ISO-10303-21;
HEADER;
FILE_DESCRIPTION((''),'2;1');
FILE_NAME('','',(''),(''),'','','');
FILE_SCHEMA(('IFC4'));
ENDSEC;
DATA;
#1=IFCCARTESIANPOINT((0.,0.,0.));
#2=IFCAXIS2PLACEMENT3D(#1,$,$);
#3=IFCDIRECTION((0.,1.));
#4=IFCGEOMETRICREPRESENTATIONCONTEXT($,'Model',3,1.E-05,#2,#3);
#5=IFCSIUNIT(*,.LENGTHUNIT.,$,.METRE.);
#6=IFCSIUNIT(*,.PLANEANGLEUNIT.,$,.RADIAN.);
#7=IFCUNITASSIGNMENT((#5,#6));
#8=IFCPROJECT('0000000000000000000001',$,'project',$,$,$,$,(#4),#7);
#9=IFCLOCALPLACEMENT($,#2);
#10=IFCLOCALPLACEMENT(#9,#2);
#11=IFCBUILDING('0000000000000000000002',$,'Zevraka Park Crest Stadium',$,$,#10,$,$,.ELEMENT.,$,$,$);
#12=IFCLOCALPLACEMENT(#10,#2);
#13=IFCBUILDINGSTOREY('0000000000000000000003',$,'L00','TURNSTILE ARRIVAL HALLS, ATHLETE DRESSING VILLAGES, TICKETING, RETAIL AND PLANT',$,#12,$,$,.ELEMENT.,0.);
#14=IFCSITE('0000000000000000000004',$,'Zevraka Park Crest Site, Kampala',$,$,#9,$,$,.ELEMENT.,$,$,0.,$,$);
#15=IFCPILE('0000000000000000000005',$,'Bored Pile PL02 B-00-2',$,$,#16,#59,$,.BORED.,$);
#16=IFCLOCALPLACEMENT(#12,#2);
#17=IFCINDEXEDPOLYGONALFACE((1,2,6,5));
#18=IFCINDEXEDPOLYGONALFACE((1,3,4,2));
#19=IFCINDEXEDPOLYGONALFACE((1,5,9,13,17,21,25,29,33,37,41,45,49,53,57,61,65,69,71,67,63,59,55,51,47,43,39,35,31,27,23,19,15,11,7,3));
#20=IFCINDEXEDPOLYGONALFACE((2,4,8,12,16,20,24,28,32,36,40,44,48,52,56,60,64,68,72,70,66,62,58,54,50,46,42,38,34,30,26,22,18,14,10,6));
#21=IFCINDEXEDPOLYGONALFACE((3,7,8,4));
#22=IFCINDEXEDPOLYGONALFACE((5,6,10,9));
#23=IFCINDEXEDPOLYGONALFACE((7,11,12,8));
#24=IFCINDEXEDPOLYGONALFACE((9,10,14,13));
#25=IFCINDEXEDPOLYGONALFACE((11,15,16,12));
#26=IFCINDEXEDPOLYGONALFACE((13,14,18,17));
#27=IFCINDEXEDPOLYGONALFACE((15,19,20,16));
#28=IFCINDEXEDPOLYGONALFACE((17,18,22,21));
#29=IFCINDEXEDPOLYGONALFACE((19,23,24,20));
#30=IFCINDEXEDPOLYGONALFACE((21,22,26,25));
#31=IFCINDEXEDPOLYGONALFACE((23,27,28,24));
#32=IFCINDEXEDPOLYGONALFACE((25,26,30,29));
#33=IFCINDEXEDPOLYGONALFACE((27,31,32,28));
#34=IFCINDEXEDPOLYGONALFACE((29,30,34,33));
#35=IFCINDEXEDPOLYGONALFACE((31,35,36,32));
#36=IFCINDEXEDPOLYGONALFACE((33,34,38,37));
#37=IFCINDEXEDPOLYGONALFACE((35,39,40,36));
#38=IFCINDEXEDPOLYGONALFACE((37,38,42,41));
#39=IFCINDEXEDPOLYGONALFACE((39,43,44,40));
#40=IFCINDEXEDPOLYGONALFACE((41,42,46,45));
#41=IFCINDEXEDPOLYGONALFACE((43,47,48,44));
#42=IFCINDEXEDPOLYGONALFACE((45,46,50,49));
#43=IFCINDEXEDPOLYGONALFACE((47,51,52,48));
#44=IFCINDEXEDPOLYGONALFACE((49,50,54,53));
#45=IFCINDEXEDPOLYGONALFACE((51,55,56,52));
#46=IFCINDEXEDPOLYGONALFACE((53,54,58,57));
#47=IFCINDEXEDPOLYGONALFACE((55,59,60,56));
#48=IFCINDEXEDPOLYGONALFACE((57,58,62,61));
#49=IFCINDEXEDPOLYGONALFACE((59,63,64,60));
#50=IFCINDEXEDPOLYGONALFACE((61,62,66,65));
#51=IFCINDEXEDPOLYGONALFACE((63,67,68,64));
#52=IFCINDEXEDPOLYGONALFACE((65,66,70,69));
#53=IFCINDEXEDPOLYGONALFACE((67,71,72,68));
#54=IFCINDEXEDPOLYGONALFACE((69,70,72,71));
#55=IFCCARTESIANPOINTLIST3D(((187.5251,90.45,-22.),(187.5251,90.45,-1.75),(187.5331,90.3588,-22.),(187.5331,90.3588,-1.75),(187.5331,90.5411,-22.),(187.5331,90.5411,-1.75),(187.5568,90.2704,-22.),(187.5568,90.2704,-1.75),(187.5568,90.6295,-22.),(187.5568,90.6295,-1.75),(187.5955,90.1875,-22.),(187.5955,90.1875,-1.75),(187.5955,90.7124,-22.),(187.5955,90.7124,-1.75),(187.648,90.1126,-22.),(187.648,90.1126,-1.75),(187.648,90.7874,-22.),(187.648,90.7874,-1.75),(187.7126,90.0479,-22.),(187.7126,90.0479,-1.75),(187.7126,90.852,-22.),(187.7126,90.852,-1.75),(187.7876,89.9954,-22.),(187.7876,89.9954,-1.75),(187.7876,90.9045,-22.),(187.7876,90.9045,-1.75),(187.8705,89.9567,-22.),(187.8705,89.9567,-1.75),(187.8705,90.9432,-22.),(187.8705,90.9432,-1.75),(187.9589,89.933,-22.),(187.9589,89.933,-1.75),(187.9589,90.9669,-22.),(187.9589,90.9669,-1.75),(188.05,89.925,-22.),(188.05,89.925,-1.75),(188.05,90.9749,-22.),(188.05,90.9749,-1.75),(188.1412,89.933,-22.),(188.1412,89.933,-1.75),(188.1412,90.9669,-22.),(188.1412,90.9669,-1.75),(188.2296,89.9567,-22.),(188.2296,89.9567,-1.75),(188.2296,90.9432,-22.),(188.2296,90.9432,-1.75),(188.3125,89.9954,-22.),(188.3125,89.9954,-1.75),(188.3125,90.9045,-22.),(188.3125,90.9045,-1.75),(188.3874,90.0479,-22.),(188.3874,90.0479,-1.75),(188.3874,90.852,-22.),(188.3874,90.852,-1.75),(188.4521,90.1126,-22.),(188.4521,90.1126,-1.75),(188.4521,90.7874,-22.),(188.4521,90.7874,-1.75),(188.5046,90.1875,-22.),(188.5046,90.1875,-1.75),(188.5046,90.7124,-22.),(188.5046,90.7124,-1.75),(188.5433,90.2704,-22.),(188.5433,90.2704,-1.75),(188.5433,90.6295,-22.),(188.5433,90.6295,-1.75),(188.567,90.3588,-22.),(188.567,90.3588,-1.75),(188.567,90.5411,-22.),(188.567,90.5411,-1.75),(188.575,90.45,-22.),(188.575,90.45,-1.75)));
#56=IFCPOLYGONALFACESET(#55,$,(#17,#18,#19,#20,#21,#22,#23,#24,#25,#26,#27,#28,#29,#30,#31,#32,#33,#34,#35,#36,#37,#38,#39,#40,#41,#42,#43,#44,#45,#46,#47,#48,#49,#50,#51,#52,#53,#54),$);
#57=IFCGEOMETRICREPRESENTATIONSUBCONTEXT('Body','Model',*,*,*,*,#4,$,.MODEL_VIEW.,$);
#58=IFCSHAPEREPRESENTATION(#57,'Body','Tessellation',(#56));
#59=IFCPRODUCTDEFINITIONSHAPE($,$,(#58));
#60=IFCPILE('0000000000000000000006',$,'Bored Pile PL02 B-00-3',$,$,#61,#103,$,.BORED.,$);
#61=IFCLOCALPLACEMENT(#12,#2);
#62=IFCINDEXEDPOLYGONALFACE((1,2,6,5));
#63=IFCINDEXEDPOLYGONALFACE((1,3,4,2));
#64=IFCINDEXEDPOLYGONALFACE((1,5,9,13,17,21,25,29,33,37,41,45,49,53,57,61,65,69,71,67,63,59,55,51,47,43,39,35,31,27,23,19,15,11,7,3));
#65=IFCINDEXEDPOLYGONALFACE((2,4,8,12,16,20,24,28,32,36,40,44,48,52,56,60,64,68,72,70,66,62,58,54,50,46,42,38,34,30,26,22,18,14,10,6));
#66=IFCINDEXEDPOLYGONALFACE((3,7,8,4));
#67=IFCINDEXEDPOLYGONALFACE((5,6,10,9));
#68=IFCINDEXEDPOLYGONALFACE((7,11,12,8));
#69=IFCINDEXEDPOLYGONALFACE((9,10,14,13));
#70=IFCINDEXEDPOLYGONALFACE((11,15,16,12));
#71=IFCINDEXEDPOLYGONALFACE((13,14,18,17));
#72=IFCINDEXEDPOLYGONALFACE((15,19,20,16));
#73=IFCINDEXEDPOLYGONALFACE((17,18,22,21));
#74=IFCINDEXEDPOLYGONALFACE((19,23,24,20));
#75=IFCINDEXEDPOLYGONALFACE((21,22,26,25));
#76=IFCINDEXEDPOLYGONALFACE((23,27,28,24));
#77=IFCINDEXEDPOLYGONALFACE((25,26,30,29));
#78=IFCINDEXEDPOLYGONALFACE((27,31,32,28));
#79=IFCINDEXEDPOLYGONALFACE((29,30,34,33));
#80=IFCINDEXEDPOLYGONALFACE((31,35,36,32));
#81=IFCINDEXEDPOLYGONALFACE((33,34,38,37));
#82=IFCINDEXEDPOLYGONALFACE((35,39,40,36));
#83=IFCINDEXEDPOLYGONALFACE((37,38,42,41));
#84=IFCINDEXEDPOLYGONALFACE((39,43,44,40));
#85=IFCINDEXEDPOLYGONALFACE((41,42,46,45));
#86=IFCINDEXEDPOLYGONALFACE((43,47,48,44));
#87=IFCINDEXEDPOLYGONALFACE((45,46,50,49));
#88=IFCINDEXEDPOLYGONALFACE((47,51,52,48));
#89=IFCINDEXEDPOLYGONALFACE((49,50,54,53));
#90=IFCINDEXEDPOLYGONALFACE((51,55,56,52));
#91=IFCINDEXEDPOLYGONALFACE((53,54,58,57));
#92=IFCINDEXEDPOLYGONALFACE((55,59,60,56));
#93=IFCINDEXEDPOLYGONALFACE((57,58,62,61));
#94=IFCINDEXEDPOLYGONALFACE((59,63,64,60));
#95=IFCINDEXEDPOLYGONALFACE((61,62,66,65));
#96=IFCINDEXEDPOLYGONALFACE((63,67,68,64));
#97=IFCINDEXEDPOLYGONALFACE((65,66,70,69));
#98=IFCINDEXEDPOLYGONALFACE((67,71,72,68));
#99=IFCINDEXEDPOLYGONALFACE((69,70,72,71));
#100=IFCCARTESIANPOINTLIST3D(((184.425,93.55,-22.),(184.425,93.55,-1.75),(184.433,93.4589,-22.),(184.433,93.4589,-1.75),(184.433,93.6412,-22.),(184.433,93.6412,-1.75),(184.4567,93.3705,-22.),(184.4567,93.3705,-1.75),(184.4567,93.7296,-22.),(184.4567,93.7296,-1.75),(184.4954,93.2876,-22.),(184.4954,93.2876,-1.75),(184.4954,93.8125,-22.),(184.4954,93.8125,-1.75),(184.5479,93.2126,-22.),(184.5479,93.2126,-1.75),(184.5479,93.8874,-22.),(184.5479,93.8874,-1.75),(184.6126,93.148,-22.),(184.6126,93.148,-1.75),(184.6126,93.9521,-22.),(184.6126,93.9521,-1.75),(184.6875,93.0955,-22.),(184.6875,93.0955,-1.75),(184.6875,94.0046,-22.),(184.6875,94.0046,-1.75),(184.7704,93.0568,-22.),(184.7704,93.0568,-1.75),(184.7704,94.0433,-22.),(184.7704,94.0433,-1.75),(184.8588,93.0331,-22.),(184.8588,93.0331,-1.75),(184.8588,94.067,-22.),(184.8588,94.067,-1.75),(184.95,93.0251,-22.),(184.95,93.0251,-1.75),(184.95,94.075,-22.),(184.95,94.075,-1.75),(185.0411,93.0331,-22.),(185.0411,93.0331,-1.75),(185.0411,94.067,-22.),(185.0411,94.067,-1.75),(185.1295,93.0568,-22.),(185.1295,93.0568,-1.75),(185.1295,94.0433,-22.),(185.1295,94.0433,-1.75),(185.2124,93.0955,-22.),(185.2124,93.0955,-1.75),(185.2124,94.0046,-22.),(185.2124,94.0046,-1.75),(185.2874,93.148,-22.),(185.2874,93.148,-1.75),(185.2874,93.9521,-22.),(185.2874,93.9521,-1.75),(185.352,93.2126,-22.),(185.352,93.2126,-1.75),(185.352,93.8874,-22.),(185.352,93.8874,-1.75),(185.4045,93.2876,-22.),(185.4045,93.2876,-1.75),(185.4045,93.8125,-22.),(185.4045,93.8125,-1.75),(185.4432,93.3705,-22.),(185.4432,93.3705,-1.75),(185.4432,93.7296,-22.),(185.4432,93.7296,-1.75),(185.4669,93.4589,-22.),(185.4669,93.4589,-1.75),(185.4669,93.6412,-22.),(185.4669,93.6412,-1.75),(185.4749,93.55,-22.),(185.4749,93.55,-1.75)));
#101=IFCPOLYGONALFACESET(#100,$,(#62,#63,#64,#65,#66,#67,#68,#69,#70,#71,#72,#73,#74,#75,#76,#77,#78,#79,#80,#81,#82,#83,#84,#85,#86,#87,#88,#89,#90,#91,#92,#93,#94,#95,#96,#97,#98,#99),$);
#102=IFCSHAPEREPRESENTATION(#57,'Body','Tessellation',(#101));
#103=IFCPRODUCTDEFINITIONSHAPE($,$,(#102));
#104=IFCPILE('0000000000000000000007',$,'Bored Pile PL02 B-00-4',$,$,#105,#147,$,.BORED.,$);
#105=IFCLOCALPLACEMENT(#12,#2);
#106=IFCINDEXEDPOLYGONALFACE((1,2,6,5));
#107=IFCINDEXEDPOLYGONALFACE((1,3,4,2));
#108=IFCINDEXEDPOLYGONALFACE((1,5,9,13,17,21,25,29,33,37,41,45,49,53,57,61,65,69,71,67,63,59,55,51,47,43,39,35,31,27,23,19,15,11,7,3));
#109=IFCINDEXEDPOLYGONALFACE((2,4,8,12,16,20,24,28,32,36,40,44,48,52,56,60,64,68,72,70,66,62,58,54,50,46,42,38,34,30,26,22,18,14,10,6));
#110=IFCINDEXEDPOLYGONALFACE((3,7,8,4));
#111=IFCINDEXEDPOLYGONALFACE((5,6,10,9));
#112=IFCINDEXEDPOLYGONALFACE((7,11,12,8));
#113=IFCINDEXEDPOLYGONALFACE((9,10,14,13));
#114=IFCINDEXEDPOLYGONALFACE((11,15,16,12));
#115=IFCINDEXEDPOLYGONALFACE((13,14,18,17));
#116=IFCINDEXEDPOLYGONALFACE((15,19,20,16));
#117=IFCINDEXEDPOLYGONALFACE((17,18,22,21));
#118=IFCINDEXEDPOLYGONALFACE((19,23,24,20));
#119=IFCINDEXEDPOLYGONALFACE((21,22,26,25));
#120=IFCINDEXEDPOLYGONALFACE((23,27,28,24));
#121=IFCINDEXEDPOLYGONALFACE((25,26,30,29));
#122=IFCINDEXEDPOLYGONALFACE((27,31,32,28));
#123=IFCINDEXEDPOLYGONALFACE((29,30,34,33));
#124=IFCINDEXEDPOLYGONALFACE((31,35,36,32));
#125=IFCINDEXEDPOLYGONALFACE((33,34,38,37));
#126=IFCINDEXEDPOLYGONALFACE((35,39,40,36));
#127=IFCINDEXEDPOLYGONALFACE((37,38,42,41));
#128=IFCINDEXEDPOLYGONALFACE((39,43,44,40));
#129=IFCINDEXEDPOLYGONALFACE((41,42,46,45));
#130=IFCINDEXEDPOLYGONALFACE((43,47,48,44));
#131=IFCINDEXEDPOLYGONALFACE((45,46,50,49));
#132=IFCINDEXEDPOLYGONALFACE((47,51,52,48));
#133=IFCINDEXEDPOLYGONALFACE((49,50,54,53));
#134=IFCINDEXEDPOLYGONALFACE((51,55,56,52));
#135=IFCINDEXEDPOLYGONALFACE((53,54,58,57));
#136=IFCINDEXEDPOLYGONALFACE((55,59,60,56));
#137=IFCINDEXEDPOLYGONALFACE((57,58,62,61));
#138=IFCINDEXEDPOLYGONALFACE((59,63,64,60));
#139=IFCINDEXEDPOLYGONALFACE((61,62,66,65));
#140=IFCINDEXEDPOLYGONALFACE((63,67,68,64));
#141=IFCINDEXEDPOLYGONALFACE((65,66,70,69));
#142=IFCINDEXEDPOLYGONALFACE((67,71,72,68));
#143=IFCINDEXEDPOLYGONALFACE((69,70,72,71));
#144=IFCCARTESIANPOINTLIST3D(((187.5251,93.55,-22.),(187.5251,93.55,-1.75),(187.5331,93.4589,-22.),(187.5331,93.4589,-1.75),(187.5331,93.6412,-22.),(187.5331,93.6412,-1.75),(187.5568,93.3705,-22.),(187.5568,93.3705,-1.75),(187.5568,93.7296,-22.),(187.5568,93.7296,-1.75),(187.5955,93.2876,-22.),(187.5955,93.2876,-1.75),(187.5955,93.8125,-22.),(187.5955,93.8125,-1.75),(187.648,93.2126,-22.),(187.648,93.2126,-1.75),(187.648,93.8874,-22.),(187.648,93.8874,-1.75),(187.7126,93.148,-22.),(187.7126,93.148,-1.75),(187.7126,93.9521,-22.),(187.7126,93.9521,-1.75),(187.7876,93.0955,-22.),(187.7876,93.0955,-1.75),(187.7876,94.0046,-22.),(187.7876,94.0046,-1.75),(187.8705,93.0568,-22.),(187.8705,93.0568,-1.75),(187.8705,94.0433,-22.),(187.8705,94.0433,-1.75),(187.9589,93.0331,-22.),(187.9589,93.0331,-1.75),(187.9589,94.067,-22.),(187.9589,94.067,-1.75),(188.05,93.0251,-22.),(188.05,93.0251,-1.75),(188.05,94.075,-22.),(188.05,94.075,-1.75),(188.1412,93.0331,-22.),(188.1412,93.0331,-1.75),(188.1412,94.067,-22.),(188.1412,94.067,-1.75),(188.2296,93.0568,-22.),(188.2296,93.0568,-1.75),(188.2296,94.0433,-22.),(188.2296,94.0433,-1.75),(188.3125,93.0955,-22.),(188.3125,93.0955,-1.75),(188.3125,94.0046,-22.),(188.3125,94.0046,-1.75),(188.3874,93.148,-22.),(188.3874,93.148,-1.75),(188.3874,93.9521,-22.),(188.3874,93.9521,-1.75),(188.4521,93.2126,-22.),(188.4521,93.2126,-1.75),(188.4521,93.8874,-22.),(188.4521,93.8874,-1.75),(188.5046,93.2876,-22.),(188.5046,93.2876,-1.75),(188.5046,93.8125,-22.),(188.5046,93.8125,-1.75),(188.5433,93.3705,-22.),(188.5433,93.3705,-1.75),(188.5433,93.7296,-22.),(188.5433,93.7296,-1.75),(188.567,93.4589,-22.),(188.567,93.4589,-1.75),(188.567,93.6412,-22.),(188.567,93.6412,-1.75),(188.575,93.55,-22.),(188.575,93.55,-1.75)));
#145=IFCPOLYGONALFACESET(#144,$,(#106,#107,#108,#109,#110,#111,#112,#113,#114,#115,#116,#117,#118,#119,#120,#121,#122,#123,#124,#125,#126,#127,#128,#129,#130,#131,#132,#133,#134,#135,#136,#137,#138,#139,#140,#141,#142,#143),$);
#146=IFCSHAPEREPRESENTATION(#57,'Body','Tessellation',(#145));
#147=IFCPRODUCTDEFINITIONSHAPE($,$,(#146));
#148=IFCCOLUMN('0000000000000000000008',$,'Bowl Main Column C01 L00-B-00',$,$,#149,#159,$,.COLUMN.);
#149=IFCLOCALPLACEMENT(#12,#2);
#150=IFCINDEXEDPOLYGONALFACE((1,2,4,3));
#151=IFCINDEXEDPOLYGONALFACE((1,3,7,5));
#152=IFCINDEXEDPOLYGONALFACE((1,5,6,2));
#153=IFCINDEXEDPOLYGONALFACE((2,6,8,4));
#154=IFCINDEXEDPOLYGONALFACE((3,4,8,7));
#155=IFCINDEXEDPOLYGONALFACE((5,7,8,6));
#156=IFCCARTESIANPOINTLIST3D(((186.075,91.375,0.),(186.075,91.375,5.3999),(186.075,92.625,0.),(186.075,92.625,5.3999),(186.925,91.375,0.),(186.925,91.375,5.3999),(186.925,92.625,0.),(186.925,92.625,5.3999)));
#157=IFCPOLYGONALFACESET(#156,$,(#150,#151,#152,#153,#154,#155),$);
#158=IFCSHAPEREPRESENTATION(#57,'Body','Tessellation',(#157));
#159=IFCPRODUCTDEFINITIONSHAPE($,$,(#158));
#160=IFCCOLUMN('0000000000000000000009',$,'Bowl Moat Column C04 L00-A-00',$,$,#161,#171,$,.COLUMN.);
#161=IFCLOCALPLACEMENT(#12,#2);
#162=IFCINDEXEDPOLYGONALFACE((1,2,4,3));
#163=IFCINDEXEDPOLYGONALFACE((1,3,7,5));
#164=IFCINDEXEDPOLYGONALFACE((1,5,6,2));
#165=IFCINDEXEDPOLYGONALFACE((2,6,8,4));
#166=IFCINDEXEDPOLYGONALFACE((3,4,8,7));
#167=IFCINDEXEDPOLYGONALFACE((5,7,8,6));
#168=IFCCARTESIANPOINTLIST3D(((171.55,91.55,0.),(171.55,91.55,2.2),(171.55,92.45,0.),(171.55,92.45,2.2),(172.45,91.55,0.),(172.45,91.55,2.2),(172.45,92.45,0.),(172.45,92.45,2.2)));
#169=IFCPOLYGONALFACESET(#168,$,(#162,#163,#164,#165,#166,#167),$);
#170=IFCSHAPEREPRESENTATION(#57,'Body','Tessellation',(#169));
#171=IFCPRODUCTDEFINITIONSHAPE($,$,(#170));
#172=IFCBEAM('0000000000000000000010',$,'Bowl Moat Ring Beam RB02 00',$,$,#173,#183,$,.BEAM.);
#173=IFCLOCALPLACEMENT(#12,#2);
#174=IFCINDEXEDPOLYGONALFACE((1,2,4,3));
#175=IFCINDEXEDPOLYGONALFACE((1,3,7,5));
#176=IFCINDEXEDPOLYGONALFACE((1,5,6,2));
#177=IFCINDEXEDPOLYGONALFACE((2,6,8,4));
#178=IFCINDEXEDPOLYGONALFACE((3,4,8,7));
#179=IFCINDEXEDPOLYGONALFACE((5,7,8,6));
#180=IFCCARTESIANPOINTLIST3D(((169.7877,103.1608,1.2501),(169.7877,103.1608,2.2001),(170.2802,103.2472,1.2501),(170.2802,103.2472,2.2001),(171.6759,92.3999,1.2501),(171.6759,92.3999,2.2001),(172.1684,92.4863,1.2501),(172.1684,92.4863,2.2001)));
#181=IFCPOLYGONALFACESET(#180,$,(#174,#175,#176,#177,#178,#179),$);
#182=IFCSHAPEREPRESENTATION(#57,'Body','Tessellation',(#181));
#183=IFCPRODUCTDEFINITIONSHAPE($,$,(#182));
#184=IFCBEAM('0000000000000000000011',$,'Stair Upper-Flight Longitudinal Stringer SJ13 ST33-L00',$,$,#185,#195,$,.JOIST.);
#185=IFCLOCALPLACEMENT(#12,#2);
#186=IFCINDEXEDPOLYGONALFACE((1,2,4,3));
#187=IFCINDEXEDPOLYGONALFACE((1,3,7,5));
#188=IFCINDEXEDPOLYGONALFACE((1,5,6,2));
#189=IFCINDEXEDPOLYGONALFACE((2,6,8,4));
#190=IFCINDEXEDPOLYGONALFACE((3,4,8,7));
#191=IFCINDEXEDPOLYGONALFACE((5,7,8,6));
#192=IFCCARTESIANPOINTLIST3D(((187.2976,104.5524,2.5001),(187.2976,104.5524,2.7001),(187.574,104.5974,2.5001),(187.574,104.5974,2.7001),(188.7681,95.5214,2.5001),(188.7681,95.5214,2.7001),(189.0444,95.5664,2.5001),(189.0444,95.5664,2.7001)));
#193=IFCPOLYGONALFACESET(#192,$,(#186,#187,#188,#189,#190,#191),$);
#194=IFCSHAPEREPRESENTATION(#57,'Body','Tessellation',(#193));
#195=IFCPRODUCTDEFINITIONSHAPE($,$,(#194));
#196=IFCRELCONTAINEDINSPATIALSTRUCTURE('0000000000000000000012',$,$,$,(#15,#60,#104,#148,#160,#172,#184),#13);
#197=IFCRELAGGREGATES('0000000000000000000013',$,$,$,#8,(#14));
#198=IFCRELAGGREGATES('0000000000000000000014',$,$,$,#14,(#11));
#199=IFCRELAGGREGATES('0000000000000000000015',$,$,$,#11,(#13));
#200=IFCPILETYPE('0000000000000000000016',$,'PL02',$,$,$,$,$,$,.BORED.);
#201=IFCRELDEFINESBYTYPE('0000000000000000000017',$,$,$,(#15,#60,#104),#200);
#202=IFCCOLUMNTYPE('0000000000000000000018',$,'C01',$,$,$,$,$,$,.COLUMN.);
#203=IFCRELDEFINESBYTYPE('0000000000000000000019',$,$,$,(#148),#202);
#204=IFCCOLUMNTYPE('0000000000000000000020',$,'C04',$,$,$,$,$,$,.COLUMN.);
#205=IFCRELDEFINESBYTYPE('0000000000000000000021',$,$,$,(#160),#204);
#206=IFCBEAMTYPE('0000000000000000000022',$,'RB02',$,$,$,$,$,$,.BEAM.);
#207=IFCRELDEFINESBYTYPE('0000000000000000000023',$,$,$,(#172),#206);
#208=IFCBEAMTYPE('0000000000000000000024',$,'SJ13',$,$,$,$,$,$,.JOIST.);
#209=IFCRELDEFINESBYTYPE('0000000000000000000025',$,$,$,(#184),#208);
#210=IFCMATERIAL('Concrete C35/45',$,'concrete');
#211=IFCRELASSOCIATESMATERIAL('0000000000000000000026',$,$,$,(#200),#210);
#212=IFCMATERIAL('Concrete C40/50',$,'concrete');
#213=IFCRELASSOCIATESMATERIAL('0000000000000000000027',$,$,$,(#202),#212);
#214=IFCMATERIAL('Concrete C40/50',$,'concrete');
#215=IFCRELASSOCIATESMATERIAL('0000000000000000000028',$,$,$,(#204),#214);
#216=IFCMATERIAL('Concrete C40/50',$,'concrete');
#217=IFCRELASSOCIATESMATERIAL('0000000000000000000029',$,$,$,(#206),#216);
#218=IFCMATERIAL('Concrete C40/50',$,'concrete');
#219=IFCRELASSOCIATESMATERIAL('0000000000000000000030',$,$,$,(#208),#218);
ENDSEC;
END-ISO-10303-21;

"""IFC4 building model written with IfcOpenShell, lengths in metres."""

from ifc_helpers import new_model, si_unit, direction, frame, origin, origin_2d, place, context, subcontext, project, spatial, rectangle, circle, extrude, material, material_profile, profile_set, type_object, element, save


model = new_model("IFC4")

# Units and contexts
model_context = context("Model", 3, precision=1e-05, world=origin(), true_north=direction((0.0, 1.0)))
body_context = subcontext(model_context, "Body", "Model", "MODEL_VIEW")
ifc_project = project(units=[si_unit("LENGTHUNIT", "METRE"), si_unit("PLANEANGLEUNIT", "RADIAN")], contexts=[model_context])

# Site, building, storey
site_placement = place(None, origin())
site = spatial("IfcSite", under=ifc_project, at=site_placement, Name="Zevraka Park Crest Site, Kampala", CompositionType="ELEMENT", RefElevation=0.0)
building_placement = place(site_placement, origin())
building = spatial("IfcBuilding", under=site, at=building_placement, Name="Zevraka Park Crest Stadium", CompositionType="ELEMENT")
storey_placement = place(building_placement, origin())
storey = spatial("IfcBuildingStorey", under=building, at=storey_placement, Name="L00", Description="TURNSTILE ARRIVAL HALLS, ATHLETE DRESSING VILLAGES, TICKETING, RETAIL AND PLANT", CompositionType="ELEMENT", Elevation=0.0)

# Piles
ifc_material_1 = material(Name="Concrete C35/45", Category="concrete")
ifc_material_profile_1 = material_profile(ifc_material_1, circle(Radius=0.5249, at=origin_2d()), Name="PILE D1050")
ifc_profile_set_1 = profile_set([ifc_material_profile_1], Name="Concrete C35/45")
pile_type_1 = type_object("IfcPileType", Name="PL02", PredefinedType="BORED", material=ifc_profile_set_1)
for number, where, z_axis, x_axis, name in (
    (1, (188.05, 90.45, -1.75), (0.0, 0.0, -1.0), (1.0, 0.0, 0.0), "Bored Pile PL02 B-00-2"),
    (2, (184.95, 93.55, -1.75), (0.0, 0.0, -1.0), (1.0, 0.0, 0.0), "Bored Pile PL02 B-00-3"),
    (3, (188.05, 93.55, -1.75), (0.0, 0.0, -1.0), (1.0, 0.0, 0.0), "Bored Pile PL02 B-00-4"),
):
    element("IfcPile", number, at=place(storey_placement, frame(where, z_axis=z_axis, x_axis=x_axis)), inside=storey, type_object=pile_type_1, Name=name, PredefinedType="BORED", context=body_context, shape_type="SweptSolid", body=[
        extrude(circle(Radius=0.5249, at=origin_2d()), origin(), (0.0, 0.0, 1.0), 20.25),
    ])

# Columns
ifc_material_2 = material(Name="Concrete C40/50", Category="concrete")
ifc_material_profile_2 = material_profile(ifc_material_2, rectangle(XDim=0.8501, YDim=1.25, at=origin_2d()), Name="RC 1250x850")
ifc_profile_set_2 = profile_set([ifc_material_profile_2], Name="Concrete C40/50")
column_type_1 = type_object("IfcColumnType", Name="C01", PredefinedType="COLUMN", material=ifc_profile_set_2)
column_1_placement = place(storey_placement, frame((186.5, 92.0, 0.0), z_axis=(0.0, 0.0, 1.0), x_axis=(1.0, 0.0, 0.0)))
element("IfcColumn", 4, at=column_1_placement, inside=storey, type_object=column_type_1, Name="Bowl Main Column C01 L00-B-00", PredefinedType="COLUMN", context=body_context, shape_type="SweptSolid", body=[
    extrude(rectangle(XDim=0.8501, YDim=1.25, at=origin_2d()), origin(), (0.0, 0.0, 1.0), 5.3999),
])
ifc_material_3 = material(Name="Concrete C40/50", Category="concrete")
ifc_material_profile_3 = material_profile(ifc_material_3, rectangle(XDim=0.8999, YDim=0.8999, at=origin_2d()), Name="RC 900x900")
ifc_profile_set_3 = profile_set([ifc_material_profile_3], Name="Concrete C40/50")
column_type_2 = type_object("IfcColumnType", Name="C04", PredefinedType="COLUMN", material=ifc_profile_set_3)
column_2_placement = place(storey_placement, frame((172.0, 92.0, 0.0), z_axis=(0.0, 0.0, 1.0), x_axis=(1.0, 0.0, 0.0)))
element("IfcColumn", 5, at=column_2_placement, inside=storey, type_object=column_type_2, Name="Bowl Moat Column C04 L00-A-00", PredefinedType="COLUMN", context=body_context, shape_type="SweptSolid", body=[
    extrude(rectangle(XDim=0.8999, YDim=0.8999, at=origin_2d()), origin(), (0.0, 0.0, 1.0), 2.2),
])

# Beams
ifc_material_4 = material(Name="Concrete C40/50", Category="concrete")
ifc_material_profile_4 = material_profile(ifc_material_4, rectangle(XDim=0.5, YDim=0.95, at=origin_2d()), Name="RC 950x500")
ifc_profile_set_4 = profile_set([ifc_material_profile_4], Name="Concrete C40/50")
beam_type_1 = type_object("IfcBeamType", Name="RB02", PredefinedType="BEAM", material=ifc_profile_set_4)
beam_1_placement = place(storey_placement, frame((171.9221, 92.4431, 1.7251), z_axis=(-0.172825, 0.984952, 0.0), x_axis=(-0.984952, -0.172825, 0.0)))
element("IfcBeam", 6, at=beam_1_placement, inside=storey, type_object=beam_type_1, Name="Bowl Moat Ring Beam RB02 00", PredefinedType="BEAM", context=body_context, shape_type="SweptSolid", body=[
    extrude(rectangle(XDim=0.5, YDim=0.95, at=origin_2d()), origin(), (0.0, 0.0, 1.0), 10.9253),
])
ifc_material_5 = material(Name="Concrete C40/50", Category="concrete")
ifc_material_profile_5 = material_profile(ifc_material_5, rectangle(XDim=0.28, YDim=0.2, at=origin_2d()), Name="RC 200x280")
ifc_profile_set_5 = profile_set([ifc_material_profile_5], Name="Concrete C40/50")
beam_type_2 = type_object("IfcBeamType", Name="SJ13", PredefinedType="JOIST", material=ifc_profile_set_5)
beam_2_placement = place(storey_placement, frame((188.9062, 95.5439, 2.6001), z_axis=(-0.160707, 0.987002, 0.0), x_axis=(-0.987002, -0.160707, 0.0)))
element("IfcBeam", 7, at=beam_2_placement, inside=storey, type_object=beam_type_2, Name="Stair Upper-Flight Longitudinal Stringer SJ13 ST33-L00", PredefinedType="JOIST", context=body_context, shape_type="SweptSolid", body=[
    extrude(rectangle(XDim=0.28, YDim=0.2, at=origin_2d()), origin(), (0.0, 0.0, 1.0), 9.1499),
])

save(model, "model.ifc")
